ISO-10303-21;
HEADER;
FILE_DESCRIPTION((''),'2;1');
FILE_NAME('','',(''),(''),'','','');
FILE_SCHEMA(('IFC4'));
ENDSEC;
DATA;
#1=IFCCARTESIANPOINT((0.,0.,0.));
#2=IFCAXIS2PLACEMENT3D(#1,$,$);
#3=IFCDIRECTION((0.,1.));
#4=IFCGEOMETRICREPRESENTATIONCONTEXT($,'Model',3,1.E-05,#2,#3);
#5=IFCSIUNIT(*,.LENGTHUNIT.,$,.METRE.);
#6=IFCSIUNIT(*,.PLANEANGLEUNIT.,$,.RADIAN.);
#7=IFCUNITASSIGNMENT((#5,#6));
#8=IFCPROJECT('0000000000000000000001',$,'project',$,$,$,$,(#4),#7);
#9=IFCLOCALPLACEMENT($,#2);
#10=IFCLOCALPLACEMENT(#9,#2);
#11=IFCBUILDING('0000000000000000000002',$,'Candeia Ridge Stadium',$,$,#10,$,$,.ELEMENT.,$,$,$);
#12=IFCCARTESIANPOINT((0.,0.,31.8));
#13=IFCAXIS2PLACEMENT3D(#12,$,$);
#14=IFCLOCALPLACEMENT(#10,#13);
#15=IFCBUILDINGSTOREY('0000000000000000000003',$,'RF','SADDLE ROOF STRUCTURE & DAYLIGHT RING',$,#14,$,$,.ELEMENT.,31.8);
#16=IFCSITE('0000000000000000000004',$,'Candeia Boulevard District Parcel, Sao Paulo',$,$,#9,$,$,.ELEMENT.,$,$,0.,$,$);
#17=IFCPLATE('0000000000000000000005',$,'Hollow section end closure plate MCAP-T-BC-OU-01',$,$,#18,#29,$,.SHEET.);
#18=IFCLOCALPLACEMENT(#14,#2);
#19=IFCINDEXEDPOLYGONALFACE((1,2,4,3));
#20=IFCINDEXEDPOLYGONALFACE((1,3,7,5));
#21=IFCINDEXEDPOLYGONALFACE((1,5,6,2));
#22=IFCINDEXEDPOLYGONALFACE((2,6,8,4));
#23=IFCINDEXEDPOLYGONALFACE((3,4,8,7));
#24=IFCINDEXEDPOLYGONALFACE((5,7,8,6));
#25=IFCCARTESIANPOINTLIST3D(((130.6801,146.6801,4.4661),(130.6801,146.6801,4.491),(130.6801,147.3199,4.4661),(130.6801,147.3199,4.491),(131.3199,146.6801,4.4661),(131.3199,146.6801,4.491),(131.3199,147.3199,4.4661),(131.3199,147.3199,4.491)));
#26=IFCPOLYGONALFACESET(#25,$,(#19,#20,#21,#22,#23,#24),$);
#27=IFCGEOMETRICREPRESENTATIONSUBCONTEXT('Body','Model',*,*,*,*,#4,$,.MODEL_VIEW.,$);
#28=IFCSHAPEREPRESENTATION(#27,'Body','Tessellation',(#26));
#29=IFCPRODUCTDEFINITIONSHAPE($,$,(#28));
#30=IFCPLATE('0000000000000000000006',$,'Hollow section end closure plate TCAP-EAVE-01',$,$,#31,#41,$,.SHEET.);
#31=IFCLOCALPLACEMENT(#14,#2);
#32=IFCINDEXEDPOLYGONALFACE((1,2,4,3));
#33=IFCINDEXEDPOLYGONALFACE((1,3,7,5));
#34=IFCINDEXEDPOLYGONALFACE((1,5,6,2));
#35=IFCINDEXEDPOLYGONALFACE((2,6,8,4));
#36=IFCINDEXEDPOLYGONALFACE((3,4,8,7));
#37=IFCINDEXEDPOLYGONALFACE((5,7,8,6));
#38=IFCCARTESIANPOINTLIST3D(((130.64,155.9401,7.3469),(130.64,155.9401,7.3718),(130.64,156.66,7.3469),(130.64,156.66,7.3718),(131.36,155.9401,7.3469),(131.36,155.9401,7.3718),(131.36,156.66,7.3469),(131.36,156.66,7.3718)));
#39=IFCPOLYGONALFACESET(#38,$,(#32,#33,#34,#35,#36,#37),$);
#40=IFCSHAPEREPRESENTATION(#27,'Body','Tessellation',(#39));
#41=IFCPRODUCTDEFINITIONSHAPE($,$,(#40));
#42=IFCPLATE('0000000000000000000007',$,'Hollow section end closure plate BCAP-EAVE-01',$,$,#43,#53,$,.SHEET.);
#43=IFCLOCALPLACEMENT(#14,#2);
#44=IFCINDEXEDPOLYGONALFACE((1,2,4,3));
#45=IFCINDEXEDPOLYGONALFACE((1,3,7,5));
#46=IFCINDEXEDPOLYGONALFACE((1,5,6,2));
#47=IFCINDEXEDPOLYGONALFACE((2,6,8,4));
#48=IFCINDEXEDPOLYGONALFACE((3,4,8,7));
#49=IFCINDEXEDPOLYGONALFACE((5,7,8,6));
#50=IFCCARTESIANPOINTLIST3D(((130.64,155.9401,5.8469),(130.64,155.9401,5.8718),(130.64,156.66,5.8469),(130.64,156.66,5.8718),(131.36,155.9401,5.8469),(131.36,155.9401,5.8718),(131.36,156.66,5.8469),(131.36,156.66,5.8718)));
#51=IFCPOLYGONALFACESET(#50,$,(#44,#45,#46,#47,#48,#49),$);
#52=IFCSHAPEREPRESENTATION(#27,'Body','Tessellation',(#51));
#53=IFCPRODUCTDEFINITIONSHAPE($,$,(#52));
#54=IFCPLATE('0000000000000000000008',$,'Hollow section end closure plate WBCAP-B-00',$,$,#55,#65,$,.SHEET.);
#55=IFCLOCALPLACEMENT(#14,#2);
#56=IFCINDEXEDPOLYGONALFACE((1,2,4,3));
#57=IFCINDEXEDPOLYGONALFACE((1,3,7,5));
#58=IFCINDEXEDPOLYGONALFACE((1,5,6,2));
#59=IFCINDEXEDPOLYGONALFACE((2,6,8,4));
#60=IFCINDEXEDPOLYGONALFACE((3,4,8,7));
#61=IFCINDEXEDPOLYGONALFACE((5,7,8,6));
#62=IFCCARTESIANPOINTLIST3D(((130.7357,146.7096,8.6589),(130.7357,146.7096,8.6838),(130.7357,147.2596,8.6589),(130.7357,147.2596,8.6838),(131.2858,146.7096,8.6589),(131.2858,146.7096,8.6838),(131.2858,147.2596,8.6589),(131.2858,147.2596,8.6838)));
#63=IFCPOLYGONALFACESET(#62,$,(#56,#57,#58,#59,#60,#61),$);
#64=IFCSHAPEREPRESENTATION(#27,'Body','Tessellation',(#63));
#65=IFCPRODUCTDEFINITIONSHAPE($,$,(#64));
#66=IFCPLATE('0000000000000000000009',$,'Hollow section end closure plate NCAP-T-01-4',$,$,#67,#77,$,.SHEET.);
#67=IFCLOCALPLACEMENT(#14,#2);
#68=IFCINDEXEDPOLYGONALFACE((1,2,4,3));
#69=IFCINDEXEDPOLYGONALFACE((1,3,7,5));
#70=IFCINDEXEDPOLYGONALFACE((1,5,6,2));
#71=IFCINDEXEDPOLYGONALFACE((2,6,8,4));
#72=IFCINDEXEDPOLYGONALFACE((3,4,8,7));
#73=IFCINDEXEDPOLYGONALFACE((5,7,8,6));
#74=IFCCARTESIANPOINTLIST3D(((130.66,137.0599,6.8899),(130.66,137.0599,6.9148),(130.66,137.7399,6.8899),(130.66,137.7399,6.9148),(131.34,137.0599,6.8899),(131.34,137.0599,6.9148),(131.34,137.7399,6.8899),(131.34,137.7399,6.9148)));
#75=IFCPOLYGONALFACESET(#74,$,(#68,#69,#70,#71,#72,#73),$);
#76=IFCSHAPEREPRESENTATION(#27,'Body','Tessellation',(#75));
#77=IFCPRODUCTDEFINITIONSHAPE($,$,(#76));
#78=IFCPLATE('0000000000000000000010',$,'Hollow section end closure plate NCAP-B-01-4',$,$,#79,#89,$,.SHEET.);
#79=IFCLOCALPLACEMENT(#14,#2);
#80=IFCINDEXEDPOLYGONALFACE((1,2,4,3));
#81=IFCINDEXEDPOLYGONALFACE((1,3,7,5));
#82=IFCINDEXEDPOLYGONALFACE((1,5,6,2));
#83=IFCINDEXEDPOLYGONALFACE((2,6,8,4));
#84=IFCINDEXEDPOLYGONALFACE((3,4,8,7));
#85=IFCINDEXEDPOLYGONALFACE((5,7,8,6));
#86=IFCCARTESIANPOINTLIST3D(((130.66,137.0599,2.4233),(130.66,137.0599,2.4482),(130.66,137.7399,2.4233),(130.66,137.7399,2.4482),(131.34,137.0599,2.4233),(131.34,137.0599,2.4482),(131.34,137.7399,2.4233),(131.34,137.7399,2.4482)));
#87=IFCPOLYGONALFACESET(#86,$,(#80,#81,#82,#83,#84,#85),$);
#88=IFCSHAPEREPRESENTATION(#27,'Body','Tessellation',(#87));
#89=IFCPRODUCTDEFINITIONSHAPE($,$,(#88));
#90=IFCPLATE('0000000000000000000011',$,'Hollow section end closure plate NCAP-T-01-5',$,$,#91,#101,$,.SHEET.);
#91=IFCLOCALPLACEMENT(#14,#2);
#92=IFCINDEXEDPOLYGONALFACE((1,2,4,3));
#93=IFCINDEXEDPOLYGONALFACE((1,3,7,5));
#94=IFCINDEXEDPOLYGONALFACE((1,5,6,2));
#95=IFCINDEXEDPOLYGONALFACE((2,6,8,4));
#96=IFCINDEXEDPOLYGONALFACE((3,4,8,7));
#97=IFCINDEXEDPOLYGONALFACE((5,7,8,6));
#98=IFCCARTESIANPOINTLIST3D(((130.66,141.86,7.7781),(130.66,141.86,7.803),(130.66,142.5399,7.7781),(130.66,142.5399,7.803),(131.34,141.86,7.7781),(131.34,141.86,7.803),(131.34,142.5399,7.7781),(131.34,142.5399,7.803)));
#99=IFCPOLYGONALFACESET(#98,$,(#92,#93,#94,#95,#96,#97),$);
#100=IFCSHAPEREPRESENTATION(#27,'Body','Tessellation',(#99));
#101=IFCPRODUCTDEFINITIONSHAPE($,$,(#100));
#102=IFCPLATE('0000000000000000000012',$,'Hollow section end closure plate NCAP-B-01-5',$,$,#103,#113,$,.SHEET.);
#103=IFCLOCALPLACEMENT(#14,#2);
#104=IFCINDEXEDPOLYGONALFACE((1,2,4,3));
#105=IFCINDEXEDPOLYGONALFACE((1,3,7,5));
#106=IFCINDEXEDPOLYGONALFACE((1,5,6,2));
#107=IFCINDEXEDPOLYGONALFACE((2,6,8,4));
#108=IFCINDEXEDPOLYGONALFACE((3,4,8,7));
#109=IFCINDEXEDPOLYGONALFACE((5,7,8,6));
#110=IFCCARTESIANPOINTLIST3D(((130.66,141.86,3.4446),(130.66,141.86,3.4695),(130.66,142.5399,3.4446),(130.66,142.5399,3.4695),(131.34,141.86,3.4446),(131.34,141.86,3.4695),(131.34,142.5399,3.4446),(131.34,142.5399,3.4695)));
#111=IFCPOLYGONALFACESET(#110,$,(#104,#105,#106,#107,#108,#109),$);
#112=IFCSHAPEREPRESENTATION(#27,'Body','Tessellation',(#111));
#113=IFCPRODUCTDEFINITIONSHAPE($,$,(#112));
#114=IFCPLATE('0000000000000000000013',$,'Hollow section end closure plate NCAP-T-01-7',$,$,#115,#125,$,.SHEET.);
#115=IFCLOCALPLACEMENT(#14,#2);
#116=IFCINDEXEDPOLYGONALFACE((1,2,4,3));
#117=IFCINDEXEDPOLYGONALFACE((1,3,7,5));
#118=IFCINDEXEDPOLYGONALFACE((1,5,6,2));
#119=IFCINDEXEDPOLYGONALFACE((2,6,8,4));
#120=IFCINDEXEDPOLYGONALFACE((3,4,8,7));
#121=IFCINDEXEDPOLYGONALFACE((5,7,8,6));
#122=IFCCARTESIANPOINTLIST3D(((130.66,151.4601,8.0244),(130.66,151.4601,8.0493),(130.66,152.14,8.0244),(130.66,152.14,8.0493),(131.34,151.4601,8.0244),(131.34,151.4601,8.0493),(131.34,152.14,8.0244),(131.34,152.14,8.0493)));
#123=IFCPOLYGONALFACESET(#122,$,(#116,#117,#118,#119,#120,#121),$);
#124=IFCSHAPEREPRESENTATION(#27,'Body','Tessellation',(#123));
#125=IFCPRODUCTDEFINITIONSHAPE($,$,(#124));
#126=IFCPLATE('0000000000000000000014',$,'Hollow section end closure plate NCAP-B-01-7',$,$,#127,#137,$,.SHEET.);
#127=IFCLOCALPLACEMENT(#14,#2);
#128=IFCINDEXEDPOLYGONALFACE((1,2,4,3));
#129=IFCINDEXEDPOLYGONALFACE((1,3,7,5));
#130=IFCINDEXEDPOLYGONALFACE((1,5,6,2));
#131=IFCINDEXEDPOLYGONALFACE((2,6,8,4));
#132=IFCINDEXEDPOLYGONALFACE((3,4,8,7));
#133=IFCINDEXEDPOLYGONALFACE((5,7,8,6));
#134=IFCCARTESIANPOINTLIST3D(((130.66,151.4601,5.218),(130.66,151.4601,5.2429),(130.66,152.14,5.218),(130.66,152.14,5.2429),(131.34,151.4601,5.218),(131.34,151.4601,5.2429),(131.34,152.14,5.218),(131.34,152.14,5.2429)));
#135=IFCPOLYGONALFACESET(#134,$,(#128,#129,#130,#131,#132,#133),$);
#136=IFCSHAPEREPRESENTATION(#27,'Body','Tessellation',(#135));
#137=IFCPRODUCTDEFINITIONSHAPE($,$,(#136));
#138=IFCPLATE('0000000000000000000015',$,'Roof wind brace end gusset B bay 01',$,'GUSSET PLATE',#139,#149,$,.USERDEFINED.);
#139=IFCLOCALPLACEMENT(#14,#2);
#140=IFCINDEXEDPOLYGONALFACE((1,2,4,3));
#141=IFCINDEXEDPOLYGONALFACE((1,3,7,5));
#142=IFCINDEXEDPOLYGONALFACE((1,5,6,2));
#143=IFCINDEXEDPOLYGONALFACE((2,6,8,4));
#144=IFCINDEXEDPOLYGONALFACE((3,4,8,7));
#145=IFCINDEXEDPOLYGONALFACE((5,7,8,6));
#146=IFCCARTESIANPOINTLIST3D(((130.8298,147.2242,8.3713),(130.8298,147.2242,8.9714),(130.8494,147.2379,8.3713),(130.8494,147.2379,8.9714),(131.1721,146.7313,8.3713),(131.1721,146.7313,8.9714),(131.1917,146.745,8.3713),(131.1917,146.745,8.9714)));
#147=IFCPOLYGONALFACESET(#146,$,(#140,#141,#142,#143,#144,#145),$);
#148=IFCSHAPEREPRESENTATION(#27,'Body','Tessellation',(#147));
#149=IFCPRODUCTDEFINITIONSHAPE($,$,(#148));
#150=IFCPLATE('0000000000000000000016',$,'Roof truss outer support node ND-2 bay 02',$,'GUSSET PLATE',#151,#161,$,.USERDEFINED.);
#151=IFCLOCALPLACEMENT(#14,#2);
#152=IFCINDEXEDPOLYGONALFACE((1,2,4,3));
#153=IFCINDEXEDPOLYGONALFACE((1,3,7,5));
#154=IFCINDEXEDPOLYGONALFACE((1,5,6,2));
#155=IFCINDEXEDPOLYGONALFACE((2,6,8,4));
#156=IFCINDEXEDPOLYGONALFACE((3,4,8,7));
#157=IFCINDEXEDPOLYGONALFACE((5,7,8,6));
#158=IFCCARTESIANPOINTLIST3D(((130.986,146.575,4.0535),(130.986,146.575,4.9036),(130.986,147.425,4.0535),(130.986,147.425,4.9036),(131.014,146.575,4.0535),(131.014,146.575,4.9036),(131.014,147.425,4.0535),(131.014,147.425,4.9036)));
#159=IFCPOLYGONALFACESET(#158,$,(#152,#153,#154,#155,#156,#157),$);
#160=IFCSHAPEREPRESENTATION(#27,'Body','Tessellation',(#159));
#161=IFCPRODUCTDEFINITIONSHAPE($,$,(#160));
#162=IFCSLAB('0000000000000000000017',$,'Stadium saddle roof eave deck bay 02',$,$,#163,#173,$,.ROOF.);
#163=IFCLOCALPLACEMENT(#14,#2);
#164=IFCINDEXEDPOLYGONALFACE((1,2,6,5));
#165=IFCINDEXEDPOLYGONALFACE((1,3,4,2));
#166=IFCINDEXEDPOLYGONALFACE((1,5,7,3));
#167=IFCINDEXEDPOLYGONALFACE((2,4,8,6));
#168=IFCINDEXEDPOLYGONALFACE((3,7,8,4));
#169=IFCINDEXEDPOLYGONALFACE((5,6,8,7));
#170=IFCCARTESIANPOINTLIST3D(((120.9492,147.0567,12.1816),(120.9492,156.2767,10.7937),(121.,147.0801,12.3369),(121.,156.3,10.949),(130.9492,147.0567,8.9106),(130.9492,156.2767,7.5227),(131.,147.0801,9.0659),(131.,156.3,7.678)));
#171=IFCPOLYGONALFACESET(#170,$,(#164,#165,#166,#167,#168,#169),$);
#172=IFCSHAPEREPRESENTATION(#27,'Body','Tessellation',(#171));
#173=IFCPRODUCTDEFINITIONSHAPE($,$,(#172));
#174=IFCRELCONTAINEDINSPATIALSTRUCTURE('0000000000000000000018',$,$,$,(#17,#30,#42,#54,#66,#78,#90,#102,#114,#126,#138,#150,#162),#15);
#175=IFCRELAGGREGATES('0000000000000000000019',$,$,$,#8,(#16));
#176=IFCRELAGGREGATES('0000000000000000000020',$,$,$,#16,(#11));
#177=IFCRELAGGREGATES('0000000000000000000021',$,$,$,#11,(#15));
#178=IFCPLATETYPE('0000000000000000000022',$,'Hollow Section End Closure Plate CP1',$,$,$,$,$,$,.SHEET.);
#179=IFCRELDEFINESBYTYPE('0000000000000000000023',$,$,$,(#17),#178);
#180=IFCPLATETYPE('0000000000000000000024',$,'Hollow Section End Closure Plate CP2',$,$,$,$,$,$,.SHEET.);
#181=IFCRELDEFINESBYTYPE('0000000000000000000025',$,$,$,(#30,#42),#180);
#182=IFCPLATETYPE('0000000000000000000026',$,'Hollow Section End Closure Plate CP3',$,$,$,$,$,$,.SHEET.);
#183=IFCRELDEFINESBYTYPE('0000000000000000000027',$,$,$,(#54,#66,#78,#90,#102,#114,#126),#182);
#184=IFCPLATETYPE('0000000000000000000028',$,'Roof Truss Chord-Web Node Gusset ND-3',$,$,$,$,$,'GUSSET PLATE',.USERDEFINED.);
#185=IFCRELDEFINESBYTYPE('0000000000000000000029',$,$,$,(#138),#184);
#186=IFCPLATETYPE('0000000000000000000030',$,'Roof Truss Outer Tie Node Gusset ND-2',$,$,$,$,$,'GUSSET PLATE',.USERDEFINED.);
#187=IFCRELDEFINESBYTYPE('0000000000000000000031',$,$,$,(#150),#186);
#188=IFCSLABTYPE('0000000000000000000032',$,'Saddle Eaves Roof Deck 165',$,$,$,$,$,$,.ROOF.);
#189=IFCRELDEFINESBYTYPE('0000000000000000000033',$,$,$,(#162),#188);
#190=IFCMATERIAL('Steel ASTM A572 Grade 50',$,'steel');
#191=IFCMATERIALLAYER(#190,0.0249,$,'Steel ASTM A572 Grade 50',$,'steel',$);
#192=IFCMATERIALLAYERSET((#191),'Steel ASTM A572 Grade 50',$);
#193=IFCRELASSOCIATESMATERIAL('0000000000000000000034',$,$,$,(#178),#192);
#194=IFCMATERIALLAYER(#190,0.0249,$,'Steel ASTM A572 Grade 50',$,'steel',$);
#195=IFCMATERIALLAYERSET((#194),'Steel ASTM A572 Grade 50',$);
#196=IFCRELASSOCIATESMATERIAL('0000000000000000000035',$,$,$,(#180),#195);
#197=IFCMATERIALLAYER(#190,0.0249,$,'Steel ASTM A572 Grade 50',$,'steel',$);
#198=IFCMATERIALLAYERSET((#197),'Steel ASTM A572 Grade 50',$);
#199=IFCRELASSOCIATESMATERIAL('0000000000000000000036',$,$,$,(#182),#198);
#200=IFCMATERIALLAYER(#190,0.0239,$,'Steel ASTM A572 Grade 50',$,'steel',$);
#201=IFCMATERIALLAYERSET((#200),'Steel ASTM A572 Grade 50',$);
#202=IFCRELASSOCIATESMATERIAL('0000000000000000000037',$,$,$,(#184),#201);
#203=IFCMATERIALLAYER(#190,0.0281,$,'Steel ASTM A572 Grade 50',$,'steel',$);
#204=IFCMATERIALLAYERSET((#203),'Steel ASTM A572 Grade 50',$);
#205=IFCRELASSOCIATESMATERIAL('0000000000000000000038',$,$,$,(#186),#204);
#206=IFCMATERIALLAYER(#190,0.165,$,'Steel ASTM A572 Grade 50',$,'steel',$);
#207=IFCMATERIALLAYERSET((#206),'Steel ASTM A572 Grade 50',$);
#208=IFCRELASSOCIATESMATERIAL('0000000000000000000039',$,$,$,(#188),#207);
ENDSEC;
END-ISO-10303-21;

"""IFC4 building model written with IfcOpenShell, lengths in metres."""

from ifc_helpers import new_model, si_unit, direction, frame, origin, origin_2d, place, context, subcontext, project, spatial, polyline, rectangle, outline, extrude, material, layer, layer_set, type_object, element, save


model = new_model("IFC4")

# Units and contexts
model_context = context("Model", 3, precision=1e-05, world=origin(), true_north=direction((0.0, 1.0)))
body_context = subcontext(model_context, "Body", "Model", "MODEL_VIEW")
ifc_project = project(units=[si_unit("LENGTHUNIT", "METRE"), si_unit("PLANEANGLEUNIT", "RADIAN")], contexts=[model_context])

# Site, building, storey
site_placement = place(None, origin())
site = spatial("IfcSite", under=ifc_project, at=site_placement, Name="Candeia Boulevard District Parcel, Sao Paulo", CompositionType="ELEMENT", RefElevation=0.0)
building_placement = place(site_placement, origin())
building = spatial("IfcBuilding", under=site, at=building_placement, Name="Candeia Ridge Stadium", CompositionType="ELEMENT")
storey_placement = place(building_placement, frame((0.0, 0.0, 31.8)))
storey = spatial("IfcBuildingStorey", under=building, at=storey_placement, Name="RF", Description="SADDLE ROOF STRUCTURE & DAYLIGHT RING", CompositionType="ELEMENT", Elevation=31.8)

# Shared definitions
ifc_material_1 = material(Name="Steel ASTM A572 Grade 50", Category="steel")

# Plates
ifc_layer_1 = layer(ifc_material_1, 0.0249, Name="Steel ASTM A572 Grade 50", Category="steel")
ifc_layer_set_1 = layer_set([ifc_layer_1], Name="Steel ASTM A572 Grade 50")
plate_type_1 = type_object("IfcPlateType", Name="Hollow Section End Closure Plate CP1", PredefinedType="SHEET", material=ifc_layer_set_1)
plate_1_placement = place(storey_placement, frame((131.0, 147.0, 4.4661), z_axis=(0.0, 0.0, 1.0), x_axis=(1.0, 0.0, 0.0)))
element("IfcPlate", 1, at=plate_1_placement, inside=storey, type_object=plate_type_1, Name="Hollow section end closure plate MCAP-T-BC-OU-01", PredefinedType="SHEET", context=body_context, shape_type="SweptSolid", body=[
    extrude(rectangle(XDim=0.6399, YDim=0.6399, at=origin_2d()), origin(), (0.0, 0.0, 1.0), 0.0249),
])
ifc_layer_2 = layer(ifc_material_1, 0.0249, Name="Steel ASTM A572 Grade 50", Category="steel")
ifc_layer_set_2 = layer_set([ifc_layer_2], Name="Steel ASTM A572 Grade 50")
plate_type_2 = type_object("IfcPlateType", Name="Hollow Section End Closure Plate CP2", PredefinedType="SHEET", material=ifc_layer_set_2)
for number, where, z_axis, x_axis, name in (
    (2, (131.0, 156.3, 7.3469), (0.0, 0.0, 1.0), (1.0, 0.0, 0.0), "Hollow section end closure plate TCAP-EAVE-01"),
    (3, (131.0, 156.3, 5.8469), (0.0, 0.0, 1.0), (1.0, 0.0, 0.0), "Hollow section end closure plate BCAP-EAVE-01"),
):
    element("IfcPlate", number, at=place(storey_placement, frame(where, z_axis=z_axis, x_axis=x_axis)), inside=storey, type_object=plate_type_2, Name=name, PredefinedType="SHEET", context=body_context, shape_type="SweptSolid", body=[
        extrude(rectangle(XDim=0.72, YDim=0.72, at=origin_2d()), origin(), (0.0, 0.0, 1.0), 0.0249),
    ])
ifc_layer_3 = layer(ifc_material_1, 0.0249, Name="Steel ASTM A572 Grade 50", Category="steel")
ifc_layer_set_3 = layer_set([ifc_layer_3], Name="Steel ASTM A572 Grade 50")
plate_type_3 = type_object("IfcPlateType", Name="Hollow Section End Closure Plate CP3", PredefinedType="SHEET", material=ifc_layer_set_3)
plate_2_placement = place(storey_placement, frame((131.0107, 146.9846, 8.6589), z_axis=(0.0, 0.0, 1.0), x_axis=(1.0, 0.0, 0.0)))
element("IfcPlate", 4, at=plate_2_placement, inside=storey, type_object=plate_type_3, Name="Hollow section end closure plate WBCAP-B-00", PredefinedType="SHEET", context=body_context, shape_type="SweptSolid", body=[
    extrude(rectangle(XDim=0.55, YDim=0.55, at=origin_2d()), origin(), (0.0, 0.0, 1.0), 0.0249),
])
for number, where, z_axis, x_axis, name in (
    (5, (131.0, 137.3999, 6.8899), (0.0, 0.0, 1.0), (1.0, 0.0, 0.0), "Hollow section end closure plate NCAP-T-01-4"),
    (6, (131.0, 137.3999, 2.4233), (0.0, 0.0, 1.0), (1.0, 0.0, 0.0), "Hollow section end closure plate NCAP-B-01-4"),
    (7, (131.0, 142.2, 7.7781), (0.0, 0.0, 1.0), (1.0, 0.0, 0.0), "Hollow section end closure plate NCAP-T-01-5"),
    (8, (131.0, 142.2, 3.4446), (0.0, 0.0, 1.0), (1.0, 0.0, 0.0), "Hollow section end closure plate NCAP-B-01-5"),
    (9, (131.0, 151.8, 8.0244), (0.0, 0.0, 1.0), (1.0, 0.0, 0.0), "Hollow section end closure plate NCAP-T-01-7"),
    (10, (131.0, 151.8, 5.218), (0.0, 0.0, 1.0), (1.0, 0.0, 0.0), "Hollow section end closure plate NCAP-B-01-7"),
):
    element("IfcPlate", number, at=place(storey_placement, frame(where, z_axis=z_axis, x_axis=x_axis)), inside=storey, type_object=plate_type_3, Name=name, PredefinedType="SHEET", context=body_context, shape_type="SweptSolid", body=[
        extrude(rectangle(XDim=0.6799, YDim=0.6799, at=origin_2d()), origin(), (0.0, 0.0, 1.0), 0.0249),
    ])
ifc_layer_4 = layer(ifc_material_1, 0.0239, Name="Steel ASTM A572 Grade 50", Category="steel")
ifc_layer_set_4 = layer_set([ifc_layer_4], Name="Steel ASTM A572 Grade 50")
plate_type_4 = type_object("IfcPlateType", Name="Roof Truss Chord-Web Node Gusset ND-3", ElementType="GUSSET PLATE", PredefinedType="USERDEFINED", material=ifc_layer_set_4)
plate_3_placement = place(storey_placement, frame((131.0107, 146.9846, 8.3713), z_axis=(0.0, 0.0, 1.0), x_axis=(-0.570395, 0.82137, 0.0)))
element("IfcPlate", 11, at=plate_3_placement, inside=storey, type_object=plate_type_4, Name="Roof wind brace end gusset B bay 01", ObjectType="GUSSET PLATE", PredefinedType="USERDEFINED", context=body_context, shape_type="SweptSolid", body=[
    extrude(rectangle(XDim=0.6001, YDim=0.0239, at=origin_2d()), origin(), (0.0, 0.0, 1.0), 0.6001),
])
ifc_layer_5 = layer(ifc_material_1, 0.0281, Name="Steel ASTM A572 Grade 50", Category="steel")
ifc_layer_set_5 = layer_set([ifc_layer_5], Name="Steel ASTM A572 Grade 50")
plate_type_5 = type_object("IfcPlateType", Name="Roof Truss Outer Tie Node Gusset ND-2", ElementType="GUSSET PLATE", PredefinedType="USERDEFINED", material=ifc_layer_set_5)
plate_4_placement = place(storey_placement, frame((131.0, 147.0, 4.0535), z_axis=(0.0, 0.0, 1.0), x_axis=(0.0, 1.0, 0.0)))
element("IfcPlate", 12, at=plate_4_placement, inside=storey, type_object=plate_type_5, Name="Roof truss outer support node ND-2 bay 02", ObjectType="GUSSET PLATE", PredefinedType="USERDEFINED", context=body_context, shape_type="SweptSolid", body=[
    extrude(rectangle(XDim=0.8501, YDim=0.0281, at=origin_2d()), origin(), (0.0, 0.0, 1.0), 0.8501),
])

# Slab
ifc_layer_6 = layer(ifc_material_1, 0.165, Name="Steel ASTM A572 Grade 50", Category="steel")
ifc_layer_set_6 = layer_set([ifc_layer_6], Name="Steel ASTM A572 Grade 50")
slab_type = type_object("IfcSlabType", Name="Saddle Eaves Roof Deck 165", PredefinedType="ROOF", material=ifc_layer_set_6)
slab_placement = place(storey_placement, frame((131.0, 147.0801, 9.0659), z_axis=(0.307756, 0.141634, 0.940864), x_axis=(-0.950446, 0.0, 0.31089)))
element("IfcSlab", 13, at=slab_placement, inside=storey, type_object=slab_type, Name="Stadium saddle roof eave deck bay 02", PredefinedType="ROOF", context=body_context, shape_type="SweptSolid", body=[
    extrude(outline(polyline([(0.0, 0.0), (10.5214, 0.0), (10.0899, -9.3139), (-0.4315, -9.3139), (0.0, 0.0)])), origin(), (0.0, 0.0, -1.0), 0.165),
])

save(model, "model.ifc")
